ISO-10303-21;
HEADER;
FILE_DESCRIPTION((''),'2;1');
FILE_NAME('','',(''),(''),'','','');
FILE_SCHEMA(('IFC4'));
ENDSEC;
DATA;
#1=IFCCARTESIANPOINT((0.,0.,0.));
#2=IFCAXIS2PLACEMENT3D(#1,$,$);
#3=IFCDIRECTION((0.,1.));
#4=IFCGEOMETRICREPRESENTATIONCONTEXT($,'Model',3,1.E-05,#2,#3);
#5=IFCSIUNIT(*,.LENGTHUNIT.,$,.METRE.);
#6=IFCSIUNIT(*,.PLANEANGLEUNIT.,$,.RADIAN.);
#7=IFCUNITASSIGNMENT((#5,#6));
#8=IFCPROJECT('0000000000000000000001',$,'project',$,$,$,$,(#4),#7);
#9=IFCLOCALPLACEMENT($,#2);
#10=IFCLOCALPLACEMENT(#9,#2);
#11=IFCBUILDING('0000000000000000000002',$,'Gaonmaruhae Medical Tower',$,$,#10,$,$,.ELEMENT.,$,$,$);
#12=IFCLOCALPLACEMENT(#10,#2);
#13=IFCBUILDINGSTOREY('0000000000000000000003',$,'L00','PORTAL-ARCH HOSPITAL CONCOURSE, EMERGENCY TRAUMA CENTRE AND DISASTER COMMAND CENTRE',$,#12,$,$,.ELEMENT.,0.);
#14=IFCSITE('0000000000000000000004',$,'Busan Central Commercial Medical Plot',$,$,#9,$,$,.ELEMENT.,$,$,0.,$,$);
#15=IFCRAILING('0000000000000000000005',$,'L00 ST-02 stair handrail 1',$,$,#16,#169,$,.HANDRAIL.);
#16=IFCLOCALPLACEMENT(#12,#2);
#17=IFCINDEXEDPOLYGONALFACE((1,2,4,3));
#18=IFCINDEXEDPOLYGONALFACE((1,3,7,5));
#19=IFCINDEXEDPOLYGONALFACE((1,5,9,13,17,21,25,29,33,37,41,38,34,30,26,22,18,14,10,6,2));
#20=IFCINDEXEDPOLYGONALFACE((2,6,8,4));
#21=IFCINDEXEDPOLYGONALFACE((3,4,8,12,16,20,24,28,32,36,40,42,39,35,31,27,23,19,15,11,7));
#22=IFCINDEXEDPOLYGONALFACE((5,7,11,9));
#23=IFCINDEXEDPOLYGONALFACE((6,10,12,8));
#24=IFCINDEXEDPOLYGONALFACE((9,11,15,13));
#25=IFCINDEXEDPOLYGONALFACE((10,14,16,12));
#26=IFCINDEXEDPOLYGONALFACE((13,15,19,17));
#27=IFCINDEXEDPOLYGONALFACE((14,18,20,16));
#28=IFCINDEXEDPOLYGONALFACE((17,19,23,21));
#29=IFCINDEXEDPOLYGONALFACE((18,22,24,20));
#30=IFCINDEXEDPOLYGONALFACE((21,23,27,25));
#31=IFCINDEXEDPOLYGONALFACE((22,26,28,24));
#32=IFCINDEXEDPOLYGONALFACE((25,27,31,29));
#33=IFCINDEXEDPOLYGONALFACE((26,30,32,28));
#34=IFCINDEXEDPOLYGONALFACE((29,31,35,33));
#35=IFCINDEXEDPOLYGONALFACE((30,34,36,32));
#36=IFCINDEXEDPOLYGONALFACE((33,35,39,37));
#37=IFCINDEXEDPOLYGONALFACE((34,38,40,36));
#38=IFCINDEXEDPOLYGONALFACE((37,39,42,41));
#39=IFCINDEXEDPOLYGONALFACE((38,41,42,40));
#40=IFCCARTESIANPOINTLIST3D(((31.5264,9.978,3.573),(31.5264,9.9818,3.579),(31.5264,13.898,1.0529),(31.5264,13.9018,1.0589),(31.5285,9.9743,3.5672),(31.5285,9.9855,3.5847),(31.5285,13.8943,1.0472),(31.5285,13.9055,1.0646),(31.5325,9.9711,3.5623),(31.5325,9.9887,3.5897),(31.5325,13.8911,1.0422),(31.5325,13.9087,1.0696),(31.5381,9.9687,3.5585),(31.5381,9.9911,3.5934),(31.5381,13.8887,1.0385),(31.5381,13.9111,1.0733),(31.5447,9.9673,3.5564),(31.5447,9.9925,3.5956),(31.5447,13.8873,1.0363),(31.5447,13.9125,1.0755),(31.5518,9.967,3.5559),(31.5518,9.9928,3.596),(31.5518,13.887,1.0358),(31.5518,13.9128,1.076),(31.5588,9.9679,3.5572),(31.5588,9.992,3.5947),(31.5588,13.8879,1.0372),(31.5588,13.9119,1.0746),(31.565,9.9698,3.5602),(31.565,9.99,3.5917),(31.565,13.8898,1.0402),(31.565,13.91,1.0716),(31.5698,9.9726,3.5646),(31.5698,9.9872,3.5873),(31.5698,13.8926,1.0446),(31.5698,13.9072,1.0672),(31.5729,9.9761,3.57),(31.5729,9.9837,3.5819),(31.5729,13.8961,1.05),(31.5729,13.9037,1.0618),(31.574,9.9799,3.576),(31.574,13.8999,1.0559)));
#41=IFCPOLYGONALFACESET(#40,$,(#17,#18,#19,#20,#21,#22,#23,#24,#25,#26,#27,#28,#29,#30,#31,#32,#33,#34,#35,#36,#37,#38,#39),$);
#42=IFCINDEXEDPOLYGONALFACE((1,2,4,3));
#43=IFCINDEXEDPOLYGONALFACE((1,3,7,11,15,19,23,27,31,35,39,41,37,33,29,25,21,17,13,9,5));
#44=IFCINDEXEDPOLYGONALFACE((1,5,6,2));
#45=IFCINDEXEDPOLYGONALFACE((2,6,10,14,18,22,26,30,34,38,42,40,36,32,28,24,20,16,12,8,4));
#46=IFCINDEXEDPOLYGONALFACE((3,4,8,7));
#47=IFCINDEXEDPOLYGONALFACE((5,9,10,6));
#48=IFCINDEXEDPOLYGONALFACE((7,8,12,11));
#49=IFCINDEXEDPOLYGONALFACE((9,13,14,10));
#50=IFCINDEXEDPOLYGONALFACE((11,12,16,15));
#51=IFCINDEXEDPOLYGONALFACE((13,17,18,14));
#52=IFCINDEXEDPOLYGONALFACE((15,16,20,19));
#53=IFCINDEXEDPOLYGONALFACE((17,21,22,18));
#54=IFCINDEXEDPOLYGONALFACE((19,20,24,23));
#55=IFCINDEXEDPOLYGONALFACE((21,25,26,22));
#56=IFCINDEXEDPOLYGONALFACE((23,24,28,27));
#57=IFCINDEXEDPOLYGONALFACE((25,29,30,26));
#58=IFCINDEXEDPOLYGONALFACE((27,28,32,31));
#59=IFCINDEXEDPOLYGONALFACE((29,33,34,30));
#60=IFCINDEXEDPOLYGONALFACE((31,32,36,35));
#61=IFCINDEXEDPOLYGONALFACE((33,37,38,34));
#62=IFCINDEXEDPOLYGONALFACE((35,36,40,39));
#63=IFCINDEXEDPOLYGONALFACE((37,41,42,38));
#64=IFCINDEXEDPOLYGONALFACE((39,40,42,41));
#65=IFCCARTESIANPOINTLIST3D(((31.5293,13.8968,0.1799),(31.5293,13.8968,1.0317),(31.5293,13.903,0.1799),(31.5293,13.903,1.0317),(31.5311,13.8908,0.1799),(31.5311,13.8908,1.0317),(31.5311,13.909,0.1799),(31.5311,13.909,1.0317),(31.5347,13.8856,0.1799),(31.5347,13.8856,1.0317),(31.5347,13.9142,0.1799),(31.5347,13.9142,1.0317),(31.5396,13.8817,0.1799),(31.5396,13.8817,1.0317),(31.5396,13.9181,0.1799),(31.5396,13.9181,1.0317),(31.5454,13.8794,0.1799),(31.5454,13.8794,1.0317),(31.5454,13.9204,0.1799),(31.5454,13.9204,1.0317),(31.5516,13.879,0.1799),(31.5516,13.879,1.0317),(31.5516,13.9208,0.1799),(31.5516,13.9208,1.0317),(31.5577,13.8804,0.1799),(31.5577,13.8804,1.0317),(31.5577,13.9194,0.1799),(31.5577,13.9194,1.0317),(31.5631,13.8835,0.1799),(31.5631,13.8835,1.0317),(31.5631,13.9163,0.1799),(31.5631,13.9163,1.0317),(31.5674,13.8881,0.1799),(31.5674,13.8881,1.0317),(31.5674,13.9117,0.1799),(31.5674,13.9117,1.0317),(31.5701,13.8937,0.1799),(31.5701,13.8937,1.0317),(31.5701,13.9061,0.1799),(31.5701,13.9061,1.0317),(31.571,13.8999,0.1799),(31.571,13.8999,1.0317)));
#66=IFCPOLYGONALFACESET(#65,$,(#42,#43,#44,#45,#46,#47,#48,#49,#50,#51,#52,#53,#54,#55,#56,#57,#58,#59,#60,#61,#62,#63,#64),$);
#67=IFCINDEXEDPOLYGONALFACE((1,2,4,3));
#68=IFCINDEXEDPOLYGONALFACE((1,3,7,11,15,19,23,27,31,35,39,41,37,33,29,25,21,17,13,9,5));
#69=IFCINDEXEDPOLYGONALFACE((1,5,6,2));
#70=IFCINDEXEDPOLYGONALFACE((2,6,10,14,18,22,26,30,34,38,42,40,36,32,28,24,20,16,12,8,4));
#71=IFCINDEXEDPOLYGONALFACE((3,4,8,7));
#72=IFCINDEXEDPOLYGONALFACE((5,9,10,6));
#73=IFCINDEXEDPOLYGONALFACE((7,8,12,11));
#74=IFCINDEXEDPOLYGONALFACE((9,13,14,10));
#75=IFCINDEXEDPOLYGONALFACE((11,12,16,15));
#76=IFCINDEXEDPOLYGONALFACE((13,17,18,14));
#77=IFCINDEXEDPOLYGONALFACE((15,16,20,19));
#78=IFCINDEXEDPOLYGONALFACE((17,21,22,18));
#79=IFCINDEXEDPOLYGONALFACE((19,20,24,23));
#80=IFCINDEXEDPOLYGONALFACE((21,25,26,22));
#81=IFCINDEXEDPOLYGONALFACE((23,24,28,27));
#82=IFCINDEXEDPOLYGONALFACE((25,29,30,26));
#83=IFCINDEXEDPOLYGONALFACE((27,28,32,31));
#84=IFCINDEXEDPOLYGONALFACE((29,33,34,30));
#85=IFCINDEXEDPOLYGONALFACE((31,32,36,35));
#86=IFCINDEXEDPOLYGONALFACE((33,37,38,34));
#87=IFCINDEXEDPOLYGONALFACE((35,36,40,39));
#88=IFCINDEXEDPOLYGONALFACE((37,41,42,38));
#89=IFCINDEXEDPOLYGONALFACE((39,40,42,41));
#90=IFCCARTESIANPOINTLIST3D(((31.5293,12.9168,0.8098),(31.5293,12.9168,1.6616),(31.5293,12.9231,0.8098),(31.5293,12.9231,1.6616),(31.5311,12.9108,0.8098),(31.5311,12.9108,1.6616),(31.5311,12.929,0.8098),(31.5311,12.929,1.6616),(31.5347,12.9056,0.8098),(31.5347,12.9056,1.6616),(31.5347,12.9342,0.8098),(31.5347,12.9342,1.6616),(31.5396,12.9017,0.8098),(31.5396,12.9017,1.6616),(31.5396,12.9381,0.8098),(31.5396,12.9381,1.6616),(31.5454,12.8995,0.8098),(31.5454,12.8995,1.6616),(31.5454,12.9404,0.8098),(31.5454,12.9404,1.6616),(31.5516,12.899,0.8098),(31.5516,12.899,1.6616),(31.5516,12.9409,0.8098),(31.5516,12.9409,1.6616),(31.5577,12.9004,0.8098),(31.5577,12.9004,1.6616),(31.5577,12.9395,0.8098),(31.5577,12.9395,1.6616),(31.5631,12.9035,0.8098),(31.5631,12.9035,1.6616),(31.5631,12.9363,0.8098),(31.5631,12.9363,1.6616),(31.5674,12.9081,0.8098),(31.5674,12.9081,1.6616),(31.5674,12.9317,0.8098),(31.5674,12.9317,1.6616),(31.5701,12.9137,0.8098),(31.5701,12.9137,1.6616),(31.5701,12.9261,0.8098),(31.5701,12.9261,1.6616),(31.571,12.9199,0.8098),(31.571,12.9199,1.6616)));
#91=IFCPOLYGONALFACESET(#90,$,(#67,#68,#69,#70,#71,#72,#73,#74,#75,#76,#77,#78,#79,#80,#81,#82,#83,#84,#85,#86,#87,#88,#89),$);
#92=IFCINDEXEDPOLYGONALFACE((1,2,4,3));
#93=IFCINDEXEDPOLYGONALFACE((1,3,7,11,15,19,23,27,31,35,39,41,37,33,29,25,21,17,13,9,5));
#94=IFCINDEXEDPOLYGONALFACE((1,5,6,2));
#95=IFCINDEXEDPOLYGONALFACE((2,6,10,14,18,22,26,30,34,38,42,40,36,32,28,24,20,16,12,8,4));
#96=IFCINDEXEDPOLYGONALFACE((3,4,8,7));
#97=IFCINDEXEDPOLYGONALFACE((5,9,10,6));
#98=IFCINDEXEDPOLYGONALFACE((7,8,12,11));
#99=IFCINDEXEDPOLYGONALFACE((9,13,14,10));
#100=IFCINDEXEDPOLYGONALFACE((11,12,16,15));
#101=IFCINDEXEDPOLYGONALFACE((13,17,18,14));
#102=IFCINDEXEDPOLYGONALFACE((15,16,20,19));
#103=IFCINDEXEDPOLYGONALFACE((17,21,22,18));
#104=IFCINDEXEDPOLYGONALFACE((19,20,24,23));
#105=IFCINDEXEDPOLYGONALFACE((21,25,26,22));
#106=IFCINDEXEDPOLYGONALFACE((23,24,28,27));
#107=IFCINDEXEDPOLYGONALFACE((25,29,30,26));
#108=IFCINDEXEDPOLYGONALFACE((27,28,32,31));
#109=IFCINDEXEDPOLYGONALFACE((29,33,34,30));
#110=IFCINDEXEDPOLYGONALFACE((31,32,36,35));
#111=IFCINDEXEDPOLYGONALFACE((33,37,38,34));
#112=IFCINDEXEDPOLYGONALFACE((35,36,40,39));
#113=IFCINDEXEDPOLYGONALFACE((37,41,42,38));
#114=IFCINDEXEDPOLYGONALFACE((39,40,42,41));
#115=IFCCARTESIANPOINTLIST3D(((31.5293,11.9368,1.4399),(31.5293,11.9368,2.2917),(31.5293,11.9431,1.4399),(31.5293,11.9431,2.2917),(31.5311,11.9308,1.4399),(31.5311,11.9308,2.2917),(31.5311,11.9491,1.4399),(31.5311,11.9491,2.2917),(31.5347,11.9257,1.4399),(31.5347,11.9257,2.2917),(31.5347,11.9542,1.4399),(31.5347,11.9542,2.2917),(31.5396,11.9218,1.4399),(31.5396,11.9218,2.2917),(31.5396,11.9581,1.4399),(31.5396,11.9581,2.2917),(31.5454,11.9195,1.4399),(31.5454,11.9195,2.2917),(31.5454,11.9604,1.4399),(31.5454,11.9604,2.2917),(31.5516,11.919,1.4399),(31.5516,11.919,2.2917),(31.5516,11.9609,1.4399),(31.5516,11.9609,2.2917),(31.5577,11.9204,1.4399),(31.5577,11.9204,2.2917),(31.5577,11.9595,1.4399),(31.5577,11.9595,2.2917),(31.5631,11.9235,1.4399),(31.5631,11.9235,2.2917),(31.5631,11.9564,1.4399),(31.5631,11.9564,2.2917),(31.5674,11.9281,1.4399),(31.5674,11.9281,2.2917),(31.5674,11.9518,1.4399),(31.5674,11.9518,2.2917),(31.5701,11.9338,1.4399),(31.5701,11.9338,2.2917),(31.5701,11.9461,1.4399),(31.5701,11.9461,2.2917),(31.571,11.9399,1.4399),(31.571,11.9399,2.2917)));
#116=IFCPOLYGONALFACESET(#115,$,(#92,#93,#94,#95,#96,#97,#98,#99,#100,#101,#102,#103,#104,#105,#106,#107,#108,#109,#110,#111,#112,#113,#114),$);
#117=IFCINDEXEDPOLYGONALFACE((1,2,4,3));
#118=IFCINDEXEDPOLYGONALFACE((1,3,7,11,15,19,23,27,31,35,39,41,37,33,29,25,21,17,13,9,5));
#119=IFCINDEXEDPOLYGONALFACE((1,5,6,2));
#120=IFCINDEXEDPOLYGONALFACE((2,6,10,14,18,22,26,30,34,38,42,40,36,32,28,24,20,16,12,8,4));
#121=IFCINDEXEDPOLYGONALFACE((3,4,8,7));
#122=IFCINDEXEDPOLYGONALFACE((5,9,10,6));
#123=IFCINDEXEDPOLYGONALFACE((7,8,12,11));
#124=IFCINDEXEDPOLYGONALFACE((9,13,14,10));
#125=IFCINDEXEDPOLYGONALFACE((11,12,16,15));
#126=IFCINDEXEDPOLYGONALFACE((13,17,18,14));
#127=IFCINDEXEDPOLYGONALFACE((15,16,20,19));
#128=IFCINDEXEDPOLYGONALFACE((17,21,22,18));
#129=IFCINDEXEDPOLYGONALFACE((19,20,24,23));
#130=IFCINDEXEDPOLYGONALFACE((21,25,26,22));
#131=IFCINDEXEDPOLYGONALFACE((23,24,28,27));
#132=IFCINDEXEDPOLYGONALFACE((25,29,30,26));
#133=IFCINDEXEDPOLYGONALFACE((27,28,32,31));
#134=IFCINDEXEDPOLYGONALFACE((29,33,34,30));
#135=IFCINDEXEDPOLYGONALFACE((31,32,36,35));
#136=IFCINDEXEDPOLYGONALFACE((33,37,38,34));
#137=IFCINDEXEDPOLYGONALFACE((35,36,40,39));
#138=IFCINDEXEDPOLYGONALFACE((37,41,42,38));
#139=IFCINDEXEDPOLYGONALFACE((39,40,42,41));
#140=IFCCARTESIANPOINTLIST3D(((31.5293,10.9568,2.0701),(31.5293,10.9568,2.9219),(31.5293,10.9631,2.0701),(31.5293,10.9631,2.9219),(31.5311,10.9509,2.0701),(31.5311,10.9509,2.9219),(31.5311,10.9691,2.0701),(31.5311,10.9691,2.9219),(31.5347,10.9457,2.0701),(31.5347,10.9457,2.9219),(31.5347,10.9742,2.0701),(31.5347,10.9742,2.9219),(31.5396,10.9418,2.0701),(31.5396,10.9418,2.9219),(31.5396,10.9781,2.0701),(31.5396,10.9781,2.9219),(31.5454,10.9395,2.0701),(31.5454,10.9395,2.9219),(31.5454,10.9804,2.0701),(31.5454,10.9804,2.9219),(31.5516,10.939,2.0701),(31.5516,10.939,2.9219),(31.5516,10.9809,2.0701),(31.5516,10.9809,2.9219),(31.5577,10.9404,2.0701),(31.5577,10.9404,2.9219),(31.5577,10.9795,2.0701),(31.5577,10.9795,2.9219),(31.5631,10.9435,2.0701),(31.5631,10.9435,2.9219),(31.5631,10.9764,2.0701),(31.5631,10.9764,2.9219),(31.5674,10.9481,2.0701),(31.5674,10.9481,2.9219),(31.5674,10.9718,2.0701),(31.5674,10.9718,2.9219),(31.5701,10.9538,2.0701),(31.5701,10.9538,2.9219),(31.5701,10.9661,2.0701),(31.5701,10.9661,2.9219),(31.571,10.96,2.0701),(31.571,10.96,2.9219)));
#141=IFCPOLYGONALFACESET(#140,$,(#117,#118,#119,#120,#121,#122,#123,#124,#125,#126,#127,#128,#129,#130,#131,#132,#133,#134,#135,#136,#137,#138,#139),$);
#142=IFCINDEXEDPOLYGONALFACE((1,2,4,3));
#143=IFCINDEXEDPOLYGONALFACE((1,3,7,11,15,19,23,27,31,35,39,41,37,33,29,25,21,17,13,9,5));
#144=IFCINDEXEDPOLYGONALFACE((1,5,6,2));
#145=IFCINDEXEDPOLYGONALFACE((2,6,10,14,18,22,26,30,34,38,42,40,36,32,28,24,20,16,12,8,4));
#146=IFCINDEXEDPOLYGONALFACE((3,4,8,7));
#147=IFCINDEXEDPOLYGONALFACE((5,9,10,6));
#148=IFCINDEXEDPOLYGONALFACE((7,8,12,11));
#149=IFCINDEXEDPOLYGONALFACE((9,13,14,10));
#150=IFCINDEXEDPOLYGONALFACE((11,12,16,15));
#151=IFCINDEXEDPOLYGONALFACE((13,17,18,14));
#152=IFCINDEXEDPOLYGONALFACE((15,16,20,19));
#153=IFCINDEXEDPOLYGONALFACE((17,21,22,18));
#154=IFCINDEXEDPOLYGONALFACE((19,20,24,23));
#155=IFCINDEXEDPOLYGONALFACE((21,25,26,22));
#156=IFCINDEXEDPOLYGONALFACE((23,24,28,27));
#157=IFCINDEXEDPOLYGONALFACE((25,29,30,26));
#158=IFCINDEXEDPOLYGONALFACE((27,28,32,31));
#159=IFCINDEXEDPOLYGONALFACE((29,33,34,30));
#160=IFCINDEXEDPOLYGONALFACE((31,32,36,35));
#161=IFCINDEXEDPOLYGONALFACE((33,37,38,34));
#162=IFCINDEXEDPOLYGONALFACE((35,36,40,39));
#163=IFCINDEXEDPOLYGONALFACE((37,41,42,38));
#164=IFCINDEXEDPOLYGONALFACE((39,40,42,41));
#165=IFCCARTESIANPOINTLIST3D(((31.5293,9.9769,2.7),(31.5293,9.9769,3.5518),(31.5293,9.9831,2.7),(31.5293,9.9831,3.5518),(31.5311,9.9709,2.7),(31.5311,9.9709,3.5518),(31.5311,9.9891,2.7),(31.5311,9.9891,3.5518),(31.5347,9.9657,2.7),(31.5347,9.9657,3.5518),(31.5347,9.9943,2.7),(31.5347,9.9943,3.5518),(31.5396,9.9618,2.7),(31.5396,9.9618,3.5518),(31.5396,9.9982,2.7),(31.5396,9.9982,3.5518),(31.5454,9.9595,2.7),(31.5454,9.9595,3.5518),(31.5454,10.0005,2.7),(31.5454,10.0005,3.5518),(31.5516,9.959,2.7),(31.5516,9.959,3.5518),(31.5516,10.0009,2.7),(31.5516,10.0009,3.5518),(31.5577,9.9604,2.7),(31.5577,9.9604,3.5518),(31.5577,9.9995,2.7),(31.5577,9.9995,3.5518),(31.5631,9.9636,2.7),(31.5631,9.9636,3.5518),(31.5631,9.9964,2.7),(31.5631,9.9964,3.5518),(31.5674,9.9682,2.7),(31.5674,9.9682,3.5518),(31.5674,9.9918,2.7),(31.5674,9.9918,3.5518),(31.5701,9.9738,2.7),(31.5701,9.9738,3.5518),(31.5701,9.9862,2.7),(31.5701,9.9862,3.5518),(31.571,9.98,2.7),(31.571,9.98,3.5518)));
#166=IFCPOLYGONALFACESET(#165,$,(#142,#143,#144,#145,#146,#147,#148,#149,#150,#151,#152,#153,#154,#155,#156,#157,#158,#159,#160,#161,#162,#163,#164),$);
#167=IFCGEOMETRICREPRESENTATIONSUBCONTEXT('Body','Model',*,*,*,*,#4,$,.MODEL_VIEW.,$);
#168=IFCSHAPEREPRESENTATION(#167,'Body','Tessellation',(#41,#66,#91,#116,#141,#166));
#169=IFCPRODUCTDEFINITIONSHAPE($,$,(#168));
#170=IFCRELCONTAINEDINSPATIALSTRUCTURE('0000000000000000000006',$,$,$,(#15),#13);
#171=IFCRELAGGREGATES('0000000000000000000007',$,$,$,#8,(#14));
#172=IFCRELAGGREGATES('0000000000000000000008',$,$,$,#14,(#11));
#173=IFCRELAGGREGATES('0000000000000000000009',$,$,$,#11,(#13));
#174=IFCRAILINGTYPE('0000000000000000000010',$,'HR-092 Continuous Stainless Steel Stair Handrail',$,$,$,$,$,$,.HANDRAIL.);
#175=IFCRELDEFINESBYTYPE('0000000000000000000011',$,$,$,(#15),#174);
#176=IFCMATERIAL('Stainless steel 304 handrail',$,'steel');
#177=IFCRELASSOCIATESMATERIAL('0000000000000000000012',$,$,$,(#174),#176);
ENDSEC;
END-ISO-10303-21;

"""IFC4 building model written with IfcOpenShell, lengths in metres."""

from ifc_helpers import new_model, si_unit, direction, frame, origin, origin_2d, place, context, subcontext, project, spatial, circle, extrude, material, type_object, element, save


model = new_model("IFC4")

# Units and contexts
model_context = context("Model", 3, precision=1e-05, world=origin(), true_north=direction((0.0, 1.0)))
body_context = subcontext(model_context, "Body", "Model", "MODEL_VIEW")
ifc_project = project(units=[si_unit("LENGTHUNIT", "METRE"), si_unit("PLANEANGLEUNIT", "RADIAN")], contexts=[model_context])

# Site, building, storey
site_placement = place(None, origin())
site = spatial("IfcSite", under=ifc_project, at=site_placement, Name="Busan Central Commercial Medical Plot", CompositionType="ELEMENT", RefElevation=0.0)
building_placement = place(site_placement, origin())
building = spatial("IfcBuilding", under=site, at=building_placement, Name="Gaonmaruhae Medical Tower", CompositionType="ELEMENT")
storey_placement = place(building_placement, origin())
storey = spatial("IfcBuildingStorey", under=building, at=storey_placement, Name="L00", Description="PORTAL-ARCH HOSPITAL CONCOURSE, EMERGENCY TRAUMA CENTRE AND DISASTER COMMAND CENTRE", CompositionType="ELEMENT", Elevation=0.0)

# Railing
ifc_material_1 = material(Name="Stainless steel 304 handrail", Category="steel")
railing_type_1 = type_object("IfcRailingType", Name="HR-092 Continuous Stainless Steel Stair Handrail", PredefinedType="HANDRAIL", material=ifc_material_1)
railing_1_placement = place(storey_placement, frame((31.55, 13.8999, 0.1799)))
element("IfcRailing", 1, at=railing_1_placement, inside=storey, type_object=railing_type_1, Name="L00 ST-02 stair handrail 1", PredefinedType="HANDRAIL", context=body_context, shape_type="SweptSolid", body=[
    extrude(circle(Radius=0.0239, at=origin_2d()), frame((0.0, 0.0, 0.876), z_axis=(0.0, -0.841172, 0.540768), x_axis=(1.0, 0.0, 0.0)), (0.0, 0.0, 1.0), 4.6602),
    extrude(circle(Radius=0.021, at=origin_2d()), origin(), (0.0, 0.0, 1.0), 0.8518),
    extrude(circle(Radius=0.021, at=origin_2d()), frame((0.0, -0.98, 0.6299)), (0.0, 0.0, 1.0), 0.8518),
    extrude(circle(Radius=0.021, at=origin_2d()), frame((0.0, -1.96, 1.26)), (0.0, 0.0, 1.0), 0.8518),
    extrude(circle(Radius=0.021, at=origin_2d()), frame((0.0, -2.9399, 1.8901)), (0.0, 0.0, 1.0), 0.8518),
    extrude(circle(Radius=0.021, at=origin_2d()), frame((0.0, -3.9199, 2.52)), (0.0, 0.0, 1.0), 0.8518),
])

save(model, "model.ifc")
